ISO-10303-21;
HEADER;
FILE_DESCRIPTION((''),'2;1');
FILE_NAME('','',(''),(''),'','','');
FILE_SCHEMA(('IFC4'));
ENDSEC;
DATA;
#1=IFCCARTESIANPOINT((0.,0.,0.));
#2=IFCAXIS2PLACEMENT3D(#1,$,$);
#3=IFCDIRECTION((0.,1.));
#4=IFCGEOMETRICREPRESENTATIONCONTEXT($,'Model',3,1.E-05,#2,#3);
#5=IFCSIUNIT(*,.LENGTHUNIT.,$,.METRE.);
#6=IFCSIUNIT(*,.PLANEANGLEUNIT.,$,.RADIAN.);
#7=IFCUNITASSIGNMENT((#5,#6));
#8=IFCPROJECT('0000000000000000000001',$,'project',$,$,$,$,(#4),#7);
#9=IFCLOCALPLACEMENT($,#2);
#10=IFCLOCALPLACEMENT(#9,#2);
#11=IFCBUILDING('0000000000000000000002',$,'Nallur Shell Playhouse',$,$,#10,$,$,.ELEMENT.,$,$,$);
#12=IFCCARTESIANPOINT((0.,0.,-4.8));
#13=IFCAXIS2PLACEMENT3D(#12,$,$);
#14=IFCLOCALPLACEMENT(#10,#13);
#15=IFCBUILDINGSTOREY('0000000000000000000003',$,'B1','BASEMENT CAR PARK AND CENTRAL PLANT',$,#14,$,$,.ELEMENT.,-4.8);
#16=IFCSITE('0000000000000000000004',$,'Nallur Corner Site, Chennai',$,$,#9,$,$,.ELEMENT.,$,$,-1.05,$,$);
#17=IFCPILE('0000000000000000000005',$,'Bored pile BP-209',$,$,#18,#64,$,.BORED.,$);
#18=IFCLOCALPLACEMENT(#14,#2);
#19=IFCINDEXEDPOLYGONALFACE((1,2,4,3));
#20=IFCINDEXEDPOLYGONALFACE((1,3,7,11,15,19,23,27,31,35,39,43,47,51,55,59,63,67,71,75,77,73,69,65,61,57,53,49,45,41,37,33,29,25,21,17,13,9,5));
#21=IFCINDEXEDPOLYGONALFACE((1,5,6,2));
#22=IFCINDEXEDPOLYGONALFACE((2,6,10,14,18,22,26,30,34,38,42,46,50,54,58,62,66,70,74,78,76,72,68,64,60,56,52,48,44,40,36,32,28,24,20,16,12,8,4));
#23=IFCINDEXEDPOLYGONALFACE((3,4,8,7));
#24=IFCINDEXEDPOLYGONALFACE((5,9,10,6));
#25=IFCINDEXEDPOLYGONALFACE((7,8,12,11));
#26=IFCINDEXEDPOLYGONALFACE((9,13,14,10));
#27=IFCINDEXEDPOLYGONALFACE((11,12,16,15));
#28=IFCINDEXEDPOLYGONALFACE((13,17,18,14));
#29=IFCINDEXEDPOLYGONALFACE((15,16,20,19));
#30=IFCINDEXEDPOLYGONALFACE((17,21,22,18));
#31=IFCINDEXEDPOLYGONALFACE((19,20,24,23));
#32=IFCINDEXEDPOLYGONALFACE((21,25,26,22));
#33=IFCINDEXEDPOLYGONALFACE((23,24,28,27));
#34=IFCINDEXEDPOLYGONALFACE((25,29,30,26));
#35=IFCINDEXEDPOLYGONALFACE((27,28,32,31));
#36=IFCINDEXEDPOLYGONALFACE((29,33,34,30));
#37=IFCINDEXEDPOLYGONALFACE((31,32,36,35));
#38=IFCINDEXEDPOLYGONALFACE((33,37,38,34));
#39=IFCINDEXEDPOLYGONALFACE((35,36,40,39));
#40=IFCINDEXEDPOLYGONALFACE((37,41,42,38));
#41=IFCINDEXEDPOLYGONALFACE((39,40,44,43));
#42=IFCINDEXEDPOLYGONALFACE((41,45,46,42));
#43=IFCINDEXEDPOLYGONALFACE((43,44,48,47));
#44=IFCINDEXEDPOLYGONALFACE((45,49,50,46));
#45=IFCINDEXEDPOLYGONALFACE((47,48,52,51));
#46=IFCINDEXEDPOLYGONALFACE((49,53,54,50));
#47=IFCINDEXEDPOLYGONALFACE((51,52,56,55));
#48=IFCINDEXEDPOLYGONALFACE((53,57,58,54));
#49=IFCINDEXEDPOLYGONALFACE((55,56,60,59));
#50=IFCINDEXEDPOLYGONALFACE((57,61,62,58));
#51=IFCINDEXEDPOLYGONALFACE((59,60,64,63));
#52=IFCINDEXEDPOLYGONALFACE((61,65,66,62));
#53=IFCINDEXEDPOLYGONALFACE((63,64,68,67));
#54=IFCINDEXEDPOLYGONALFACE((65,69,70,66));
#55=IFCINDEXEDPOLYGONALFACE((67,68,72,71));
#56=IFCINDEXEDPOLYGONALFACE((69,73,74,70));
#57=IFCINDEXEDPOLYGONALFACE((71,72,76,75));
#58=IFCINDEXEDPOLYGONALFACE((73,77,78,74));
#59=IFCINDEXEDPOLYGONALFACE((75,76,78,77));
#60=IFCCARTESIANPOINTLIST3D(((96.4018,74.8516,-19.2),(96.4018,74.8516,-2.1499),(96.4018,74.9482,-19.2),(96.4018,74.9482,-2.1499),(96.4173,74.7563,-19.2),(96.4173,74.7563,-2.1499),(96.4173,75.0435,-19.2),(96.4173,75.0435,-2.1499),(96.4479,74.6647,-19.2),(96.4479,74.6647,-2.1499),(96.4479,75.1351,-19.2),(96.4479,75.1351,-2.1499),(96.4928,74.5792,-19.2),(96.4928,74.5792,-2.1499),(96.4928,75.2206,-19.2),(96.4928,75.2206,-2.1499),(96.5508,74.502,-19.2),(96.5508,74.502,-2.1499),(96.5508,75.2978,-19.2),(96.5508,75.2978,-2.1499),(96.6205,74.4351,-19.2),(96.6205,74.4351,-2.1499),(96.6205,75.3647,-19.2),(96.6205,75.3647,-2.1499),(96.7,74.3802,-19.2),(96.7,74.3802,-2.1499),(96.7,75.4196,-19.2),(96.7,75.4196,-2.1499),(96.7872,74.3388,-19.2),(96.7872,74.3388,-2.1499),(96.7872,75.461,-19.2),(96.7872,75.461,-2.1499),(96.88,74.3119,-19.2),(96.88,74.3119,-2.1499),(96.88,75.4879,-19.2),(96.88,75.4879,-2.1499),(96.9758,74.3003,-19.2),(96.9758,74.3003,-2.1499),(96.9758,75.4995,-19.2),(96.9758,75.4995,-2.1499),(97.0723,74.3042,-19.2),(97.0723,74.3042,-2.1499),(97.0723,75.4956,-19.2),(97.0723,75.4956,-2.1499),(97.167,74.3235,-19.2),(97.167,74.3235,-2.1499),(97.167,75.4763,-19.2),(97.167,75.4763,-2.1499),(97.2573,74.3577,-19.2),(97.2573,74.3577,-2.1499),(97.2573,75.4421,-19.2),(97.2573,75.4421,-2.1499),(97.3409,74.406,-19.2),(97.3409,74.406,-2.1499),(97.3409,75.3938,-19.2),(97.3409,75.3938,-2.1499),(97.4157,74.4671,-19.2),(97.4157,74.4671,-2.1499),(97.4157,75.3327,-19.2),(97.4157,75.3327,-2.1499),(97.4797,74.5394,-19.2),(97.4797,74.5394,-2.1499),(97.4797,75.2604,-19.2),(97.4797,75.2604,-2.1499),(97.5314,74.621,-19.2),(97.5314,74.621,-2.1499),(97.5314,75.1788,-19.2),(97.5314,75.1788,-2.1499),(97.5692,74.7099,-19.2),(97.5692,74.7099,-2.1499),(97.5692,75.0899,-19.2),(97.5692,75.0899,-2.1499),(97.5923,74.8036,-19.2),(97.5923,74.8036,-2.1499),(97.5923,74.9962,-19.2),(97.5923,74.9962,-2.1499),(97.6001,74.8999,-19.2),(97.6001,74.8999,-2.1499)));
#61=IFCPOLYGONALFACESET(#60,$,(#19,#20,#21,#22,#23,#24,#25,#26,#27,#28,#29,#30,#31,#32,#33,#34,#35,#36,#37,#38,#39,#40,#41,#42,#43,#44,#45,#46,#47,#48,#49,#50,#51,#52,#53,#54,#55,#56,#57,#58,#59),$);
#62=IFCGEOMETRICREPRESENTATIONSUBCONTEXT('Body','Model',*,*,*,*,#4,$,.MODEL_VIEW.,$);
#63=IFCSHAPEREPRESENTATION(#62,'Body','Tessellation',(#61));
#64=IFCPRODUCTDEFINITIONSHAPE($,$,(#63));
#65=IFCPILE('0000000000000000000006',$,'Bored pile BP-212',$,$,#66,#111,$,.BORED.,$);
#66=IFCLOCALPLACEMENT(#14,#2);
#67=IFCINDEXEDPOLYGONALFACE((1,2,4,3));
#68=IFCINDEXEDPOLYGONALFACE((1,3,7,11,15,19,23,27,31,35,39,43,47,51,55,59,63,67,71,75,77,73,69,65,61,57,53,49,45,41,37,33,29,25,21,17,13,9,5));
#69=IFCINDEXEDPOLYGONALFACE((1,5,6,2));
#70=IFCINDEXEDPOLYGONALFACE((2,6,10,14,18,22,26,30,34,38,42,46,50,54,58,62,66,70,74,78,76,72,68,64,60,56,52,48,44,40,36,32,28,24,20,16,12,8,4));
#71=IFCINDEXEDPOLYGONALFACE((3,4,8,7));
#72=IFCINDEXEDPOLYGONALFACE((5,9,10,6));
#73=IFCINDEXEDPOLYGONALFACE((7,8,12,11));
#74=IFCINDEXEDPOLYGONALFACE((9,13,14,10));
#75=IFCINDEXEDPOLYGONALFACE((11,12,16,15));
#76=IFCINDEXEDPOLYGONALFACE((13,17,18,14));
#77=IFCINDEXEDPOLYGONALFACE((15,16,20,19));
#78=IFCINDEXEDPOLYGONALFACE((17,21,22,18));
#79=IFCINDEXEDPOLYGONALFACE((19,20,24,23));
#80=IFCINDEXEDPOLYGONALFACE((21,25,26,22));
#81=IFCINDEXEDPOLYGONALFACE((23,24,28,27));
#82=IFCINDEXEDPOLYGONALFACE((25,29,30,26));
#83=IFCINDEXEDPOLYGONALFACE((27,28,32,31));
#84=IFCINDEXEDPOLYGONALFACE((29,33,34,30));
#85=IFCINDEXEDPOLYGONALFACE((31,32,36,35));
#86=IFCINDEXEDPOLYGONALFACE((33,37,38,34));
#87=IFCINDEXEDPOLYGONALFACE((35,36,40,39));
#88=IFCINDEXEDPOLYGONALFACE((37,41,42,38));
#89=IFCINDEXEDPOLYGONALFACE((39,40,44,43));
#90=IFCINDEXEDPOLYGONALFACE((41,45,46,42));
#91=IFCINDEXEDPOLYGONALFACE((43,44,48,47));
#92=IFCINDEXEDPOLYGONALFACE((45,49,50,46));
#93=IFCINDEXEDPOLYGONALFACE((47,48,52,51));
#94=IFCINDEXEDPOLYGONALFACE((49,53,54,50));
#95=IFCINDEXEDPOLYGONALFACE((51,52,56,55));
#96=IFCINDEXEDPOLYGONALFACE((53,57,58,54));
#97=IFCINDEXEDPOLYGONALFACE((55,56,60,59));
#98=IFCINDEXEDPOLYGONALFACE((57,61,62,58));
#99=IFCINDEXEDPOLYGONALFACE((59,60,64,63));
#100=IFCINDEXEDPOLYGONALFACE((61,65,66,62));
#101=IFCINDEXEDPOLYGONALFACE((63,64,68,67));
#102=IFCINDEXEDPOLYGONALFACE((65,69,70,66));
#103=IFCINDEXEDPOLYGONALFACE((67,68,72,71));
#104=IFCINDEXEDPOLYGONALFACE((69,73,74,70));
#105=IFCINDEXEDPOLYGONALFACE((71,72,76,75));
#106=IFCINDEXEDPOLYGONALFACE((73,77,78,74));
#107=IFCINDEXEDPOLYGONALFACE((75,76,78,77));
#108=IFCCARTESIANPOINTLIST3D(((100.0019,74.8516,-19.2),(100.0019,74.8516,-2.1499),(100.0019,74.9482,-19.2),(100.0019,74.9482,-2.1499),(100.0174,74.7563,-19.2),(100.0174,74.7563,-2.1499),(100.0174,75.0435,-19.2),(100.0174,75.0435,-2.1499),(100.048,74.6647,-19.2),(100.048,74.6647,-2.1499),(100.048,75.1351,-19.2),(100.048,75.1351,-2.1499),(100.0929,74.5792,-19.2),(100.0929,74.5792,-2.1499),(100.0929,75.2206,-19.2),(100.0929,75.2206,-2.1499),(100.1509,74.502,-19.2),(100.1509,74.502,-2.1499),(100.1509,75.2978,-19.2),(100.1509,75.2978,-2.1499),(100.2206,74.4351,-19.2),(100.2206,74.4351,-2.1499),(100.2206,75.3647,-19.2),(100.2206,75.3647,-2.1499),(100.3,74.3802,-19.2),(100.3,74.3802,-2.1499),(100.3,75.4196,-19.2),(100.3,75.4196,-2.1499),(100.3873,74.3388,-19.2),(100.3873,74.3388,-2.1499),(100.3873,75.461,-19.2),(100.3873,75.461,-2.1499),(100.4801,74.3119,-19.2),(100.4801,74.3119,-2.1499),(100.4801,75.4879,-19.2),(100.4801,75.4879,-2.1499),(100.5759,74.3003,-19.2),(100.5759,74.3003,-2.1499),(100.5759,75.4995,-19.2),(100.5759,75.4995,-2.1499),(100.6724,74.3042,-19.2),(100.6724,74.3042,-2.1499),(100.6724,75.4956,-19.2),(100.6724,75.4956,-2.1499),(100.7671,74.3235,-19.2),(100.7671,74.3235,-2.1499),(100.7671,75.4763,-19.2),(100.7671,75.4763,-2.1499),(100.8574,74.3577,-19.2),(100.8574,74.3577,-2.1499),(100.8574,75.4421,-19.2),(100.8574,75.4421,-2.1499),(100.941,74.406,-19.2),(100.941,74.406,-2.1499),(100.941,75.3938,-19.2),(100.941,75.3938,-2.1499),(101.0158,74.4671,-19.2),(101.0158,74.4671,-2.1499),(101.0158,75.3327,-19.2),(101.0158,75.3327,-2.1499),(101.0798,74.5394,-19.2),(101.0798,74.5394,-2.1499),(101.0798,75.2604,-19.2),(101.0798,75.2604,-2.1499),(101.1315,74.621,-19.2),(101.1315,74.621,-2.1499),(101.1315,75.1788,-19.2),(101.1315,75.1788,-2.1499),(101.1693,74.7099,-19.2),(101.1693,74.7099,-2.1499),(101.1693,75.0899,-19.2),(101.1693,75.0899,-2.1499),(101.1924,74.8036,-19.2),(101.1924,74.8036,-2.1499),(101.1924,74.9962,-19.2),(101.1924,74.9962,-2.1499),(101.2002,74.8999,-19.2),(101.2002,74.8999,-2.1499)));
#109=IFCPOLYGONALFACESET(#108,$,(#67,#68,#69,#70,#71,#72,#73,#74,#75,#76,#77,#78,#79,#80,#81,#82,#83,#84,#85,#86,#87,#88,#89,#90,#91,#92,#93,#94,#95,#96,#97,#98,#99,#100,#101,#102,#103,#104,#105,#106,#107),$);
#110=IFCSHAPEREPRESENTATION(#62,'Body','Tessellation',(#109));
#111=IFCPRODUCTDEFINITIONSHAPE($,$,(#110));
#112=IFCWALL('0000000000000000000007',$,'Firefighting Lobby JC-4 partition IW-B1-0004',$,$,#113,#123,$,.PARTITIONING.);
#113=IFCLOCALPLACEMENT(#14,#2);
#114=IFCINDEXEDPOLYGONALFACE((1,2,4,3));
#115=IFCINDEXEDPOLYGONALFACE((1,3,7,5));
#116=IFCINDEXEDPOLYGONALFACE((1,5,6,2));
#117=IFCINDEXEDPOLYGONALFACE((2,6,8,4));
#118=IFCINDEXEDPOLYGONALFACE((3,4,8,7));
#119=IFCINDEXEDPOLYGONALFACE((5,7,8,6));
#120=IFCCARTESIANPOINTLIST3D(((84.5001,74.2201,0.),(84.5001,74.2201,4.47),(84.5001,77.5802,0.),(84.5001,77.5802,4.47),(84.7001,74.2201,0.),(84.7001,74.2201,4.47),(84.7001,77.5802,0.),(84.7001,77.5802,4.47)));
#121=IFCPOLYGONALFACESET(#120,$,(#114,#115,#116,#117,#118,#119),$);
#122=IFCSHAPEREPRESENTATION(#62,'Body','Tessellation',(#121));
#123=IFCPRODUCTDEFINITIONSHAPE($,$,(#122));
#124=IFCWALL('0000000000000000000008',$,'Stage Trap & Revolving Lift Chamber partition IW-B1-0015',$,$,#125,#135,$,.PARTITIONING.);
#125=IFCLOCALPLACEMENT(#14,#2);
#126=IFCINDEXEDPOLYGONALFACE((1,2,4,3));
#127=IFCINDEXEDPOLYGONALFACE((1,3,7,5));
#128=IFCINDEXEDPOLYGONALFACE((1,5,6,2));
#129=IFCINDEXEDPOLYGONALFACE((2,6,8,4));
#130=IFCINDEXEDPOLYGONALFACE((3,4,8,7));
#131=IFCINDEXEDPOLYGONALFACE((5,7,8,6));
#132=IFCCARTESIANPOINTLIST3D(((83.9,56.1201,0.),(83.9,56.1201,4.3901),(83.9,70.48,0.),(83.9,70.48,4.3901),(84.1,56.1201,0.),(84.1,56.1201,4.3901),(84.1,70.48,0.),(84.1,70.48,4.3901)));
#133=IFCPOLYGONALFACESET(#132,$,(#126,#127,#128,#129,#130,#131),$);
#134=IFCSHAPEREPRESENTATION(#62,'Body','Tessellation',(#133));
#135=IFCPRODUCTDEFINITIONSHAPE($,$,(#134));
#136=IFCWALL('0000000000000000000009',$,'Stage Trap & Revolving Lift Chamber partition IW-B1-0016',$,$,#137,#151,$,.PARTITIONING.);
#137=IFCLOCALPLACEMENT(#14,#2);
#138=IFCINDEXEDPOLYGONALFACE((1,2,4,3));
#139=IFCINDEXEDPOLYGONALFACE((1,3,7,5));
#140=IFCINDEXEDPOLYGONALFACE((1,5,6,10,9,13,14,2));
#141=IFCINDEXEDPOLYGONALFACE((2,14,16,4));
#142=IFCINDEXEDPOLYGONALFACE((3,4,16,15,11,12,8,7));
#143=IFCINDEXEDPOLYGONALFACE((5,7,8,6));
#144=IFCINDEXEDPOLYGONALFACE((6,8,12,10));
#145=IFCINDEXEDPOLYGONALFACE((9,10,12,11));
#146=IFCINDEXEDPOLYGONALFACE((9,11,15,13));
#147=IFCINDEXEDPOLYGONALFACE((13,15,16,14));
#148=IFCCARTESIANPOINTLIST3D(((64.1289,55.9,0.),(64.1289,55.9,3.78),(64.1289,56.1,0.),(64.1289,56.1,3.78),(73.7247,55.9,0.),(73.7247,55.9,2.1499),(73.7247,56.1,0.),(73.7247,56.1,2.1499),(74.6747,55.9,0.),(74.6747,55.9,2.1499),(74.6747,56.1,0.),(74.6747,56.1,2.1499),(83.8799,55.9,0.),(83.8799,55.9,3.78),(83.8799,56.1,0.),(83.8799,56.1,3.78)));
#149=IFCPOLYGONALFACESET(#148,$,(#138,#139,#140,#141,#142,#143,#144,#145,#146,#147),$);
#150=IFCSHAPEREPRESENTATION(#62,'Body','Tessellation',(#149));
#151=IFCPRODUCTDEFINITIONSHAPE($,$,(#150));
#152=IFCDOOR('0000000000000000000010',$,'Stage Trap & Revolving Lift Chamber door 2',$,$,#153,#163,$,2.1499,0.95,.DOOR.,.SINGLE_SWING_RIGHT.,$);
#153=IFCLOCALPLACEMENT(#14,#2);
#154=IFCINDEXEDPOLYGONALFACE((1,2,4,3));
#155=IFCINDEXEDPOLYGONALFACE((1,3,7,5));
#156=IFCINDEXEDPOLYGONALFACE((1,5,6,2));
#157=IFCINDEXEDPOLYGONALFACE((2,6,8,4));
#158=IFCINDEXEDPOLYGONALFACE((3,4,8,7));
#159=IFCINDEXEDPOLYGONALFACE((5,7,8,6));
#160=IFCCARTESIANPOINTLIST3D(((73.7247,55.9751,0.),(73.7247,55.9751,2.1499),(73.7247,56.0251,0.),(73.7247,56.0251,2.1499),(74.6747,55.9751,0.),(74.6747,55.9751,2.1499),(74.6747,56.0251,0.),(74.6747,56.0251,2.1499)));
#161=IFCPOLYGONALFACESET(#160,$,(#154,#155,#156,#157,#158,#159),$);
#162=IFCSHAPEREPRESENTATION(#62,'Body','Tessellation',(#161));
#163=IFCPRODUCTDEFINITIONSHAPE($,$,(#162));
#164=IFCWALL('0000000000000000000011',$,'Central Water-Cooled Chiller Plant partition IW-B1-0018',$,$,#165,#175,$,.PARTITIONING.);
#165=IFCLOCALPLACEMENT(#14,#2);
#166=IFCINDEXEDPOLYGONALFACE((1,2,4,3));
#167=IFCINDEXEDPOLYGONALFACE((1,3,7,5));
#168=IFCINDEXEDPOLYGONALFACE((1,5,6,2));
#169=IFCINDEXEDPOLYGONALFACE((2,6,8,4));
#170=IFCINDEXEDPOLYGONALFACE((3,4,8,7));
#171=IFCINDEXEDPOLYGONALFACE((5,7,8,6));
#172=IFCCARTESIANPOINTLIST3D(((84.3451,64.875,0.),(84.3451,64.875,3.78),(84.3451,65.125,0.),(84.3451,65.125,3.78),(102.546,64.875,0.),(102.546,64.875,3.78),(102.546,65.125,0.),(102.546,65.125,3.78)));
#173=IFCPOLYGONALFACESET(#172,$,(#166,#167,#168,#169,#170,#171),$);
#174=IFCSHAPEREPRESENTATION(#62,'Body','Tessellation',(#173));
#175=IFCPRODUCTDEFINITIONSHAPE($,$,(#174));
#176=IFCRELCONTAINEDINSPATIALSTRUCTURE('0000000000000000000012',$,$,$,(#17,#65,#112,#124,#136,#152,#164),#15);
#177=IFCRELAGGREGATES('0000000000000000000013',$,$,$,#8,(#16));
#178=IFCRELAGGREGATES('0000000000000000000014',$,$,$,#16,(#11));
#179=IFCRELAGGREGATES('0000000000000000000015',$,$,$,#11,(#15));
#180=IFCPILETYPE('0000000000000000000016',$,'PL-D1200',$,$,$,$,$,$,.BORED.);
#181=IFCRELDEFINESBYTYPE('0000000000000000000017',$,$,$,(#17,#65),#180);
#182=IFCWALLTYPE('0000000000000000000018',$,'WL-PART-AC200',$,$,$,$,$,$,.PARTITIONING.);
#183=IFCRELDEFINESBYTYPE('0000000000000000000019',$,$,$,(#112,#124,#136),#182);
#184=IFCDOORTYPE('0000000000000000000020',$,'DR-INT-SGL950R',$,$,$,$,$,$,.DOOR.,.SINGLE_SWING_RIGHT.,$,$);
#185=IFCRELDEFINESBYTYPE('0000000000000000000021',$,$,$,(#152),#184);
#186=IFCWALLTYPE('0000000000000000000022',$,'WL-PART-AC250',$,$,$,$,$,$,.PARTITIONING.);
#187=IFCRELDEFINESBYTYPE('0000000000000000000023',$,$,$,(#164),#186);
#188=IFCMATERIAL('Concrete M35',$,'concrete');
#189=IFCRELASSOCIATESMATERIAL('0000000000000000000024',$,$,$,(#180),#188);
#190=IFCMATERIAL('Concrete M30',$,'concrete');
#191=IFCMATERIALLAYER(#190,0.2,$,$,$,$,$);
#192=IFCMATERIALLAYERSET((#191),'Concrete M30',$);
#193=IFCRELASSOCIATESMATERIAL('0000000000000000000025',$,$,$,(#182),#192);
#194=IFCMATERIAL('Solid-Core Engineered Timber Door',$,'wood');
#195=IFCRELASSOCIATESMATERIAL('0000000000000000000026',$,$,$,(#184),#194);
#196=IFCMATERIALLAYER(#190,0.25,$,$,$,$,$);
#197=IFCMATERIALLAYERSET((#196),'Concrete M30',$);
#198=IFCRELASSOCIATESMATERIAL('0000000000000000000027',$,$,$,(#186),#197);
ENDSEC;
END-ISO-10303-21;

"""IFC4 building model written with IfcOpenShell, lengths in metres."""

from ifc_helpers import new_model, si_unit, direction, frame, frame_2d, origin, origin_2d, place, context, subcontext, project, spatial, rectangle, circle, extrude, material, layer, layer_set, material_profile, profile_set, type_object, element, fill, save


model = new_model("IFC4")

# Units and contexts
model_context = context("Model", 3, precision=1e-05, world=origin(), true_north=direction((0.0, 1.0)))
body_context = subcontext(model_context, "Body", "Model", "MODEL_VIEW")
ifc_project = project(units=[si_unit("LENGTHUNIT", "METRE"), si_unit("PLANEANGLEUNIT", "RADIAN")], contexts=[model_context])

# Site, building, storey
site_placement = place(None, origin())
site = spatial("IfcSite", under=ifc_project, at=site_placement, Name="Nallur Corner Site, Chennai", CompositionType="ELEMENT", RefElevation=-1.05)
building_placement = place(site_placement, origin())
building = spatial("IfcBuilding", under=site, at=building_placement, Name="Nallur Shell Playhouse", CompositionType="ELEMENT")
storey_placement = place(building_placement, frame((0.0, 0.0, -4.8)))
storey = spatial("IfcBuildingStorey", under=building, at=storey_placement, Name="B1", Description="BASEMENT CAR PARK AND CENTRAL PLANT", CompositionType="ELEMENT", Elevation=-4.8)

# Shared definitions
ifc_material_1 = material(Name="Concrete M35", Category="concrete")

# Piles
ifc_material_profile_1 = material_profile(ifc_material_1, circle(Radius=0.6001, at=origin_2d()), Name="BORED PILE D1200")
ifc_profile_set_1 = profile_set([ifc_material_profile_1], Name="Concrete M35")
pile_type_1 = type_object("IfcPileType", Name="PL-D1200", PredefinedType="BORED", material=ifc_profile_set_1)
for number, where, z_axis, x_axis, name in (
    (1, (97.0, 74.8999, -2.1499), (0.0, 0.0, -1.0), (1.0, 0.0, 0.0), "Bored pile BP-209"),
    (2, (100.6001, 74.8999, -2.1499), (0.0, 0.0, -1.0), (1.0, 0.0, 0.0), "Bored pile BP-212"),
):
    element("IfcPile", number, at=place(storey_placement, frame(where, z_axis=z_axis, x_axis=x_axis)), inside=storey, type_object=pile_type_1, Name=name, PredefinedType="BORED", context=body_context, shape_type="SweptSolid", body=[
        extrude(circle(Radius=0.6001, at=origin_2d()), origin(), (0.0, 0.0, 1.0), 17.05),
    ])

# Wall
ifc_material_2 = material(Name="Concrete M30", Category="concrete")
ifc_layer_1 = layer(ifc_material_2, 0.2)
ifc_layer_set_1 = layer_set([ifc_layer_1], Name="Concrete M30")
wall_type_1 = type_object("IfcWallType", Name="WL-PART-AC200", PredefinedType="PARTITIONING", material=ifc_layer_set_1)
wall_1_placement = place(storey_placement, frame((84.6001, 74.22, 0.0), z_axis=(0.0, 0.0, 1.0), x_axis=(0.0, 1.0, 0.0)))
element("IfcWall", 3, at=wall_1_placement, inside=storey, type_object=wall_type_1, Name="Firefighting Lobby JC-4 partition IW-B1-0004", PredefinedType="PARTITIONING", context=body_context, shape_type="SweptSolid", body=[
    extrude(rectangle(XDim=3.3601, YDim=0.2, at=frame_2d((1.6802, 0.0))), origin(), (0.0, 0.0, 1.0), 4.47),
])

# Wall
wall_2_placement = place(storey_placement, frame((84.0, 70.48, 0.0), z_axis=(0.0, 0.0, 1.0), x_axis=(0.0, -1.0, 0.0)))
element("IfcWall", 4, at=wall_2_placement, inside=storey, type_object=wall_type_1, Name="Stage Trap & Revolving Lift Chamber partition IW-B1-0015", PredefinedType="PARTITIONING", context=body_context, shape_type="SweptSolid", body=[
    extrude(rectangle(XDim=14.3599, YDim=0.2, at=frame_2d((7.1799, 0.0))), origin(), (0.0, 0.0, 1.0), 4.3901),
])

# Wall, opening, door
wall_3_placement = place(storey_placement, frame((83.8799, 56.0, 0.0), z_axis=(0.0, 0.0, 1.0), x_axis=(-1.0, 0.0, 0.0)))
wall_3 = element("IfcWall", 5, at=wall_3_placement, inside=storey, type_object=wall_type_1, Name="Stage Trap & Revolving Lift Chamber partition IW-B1-0016", PredefinedType="PARTITIONING", context=body_context, shape_type="SweptSolid", body=[
    extrude(rectangle(XDim=19.751, YDim=0.2, at=frame_2d((9.8755, 0.0))), origin(), (0.0, 0.0, 1.0), 3.78),
])
opening_1_placement = place(wall_3_placement, frame((9.2051, 0.0, 0.0)))
opening_1 = element("IfcOpeningElement", 6, at=opening_1_placement, cuts=wall_3, PredefinedType="OPENING", context=body_context, shape_type="SweptSolid", body=[
    extrude(rectangle(XDim=0.95, YDim=2.1499, at=frame_2d((0.4751, 1.075))), frame((0.0, 0.1099, 0.0), z_axis=(0.0, -1.0, 0.0), x_axis=(1.0, 0.0, 0.0)), (0.0, 0.0, 1.0), 0.22),
])
ifc_material_3 = material(Name="Solid-Core Engineered Timber Door", Category="wood")
door_type_1 = type_object("IfcDoorType", Name="DR-INT-SGL950R", OperationType="SINGLE_SWING_RIGHT", PredefinedType="DOOR", material=ifc_material_3)
door_1_placement = place(opening_1_placement, origin())
door_1 = element("IfcDoor", 7, at=door_1_placement, inside=storey, type_object=door_type_1, Name="Stage Trap & Revolving Lift Chamber door 2", OperationType="SINGLE_SWING_RIGHT", OverallHeight=2.1499, OverallWidth=0.95, PredefinedType="DOOR", context=body_context, shape_type="SweptSolid", body=[
    extrude(rectangle(XDim=0.95, YDim=2.1499, at=frame_2d((0.4751, 1.075))), frame((0.0, 0.0249, 0.0), z_axis=(0.0, -1.0, 0.0), x_axis=(1.0, 0.0, 0.0)), (0.0, 0.0, 1.0), 0.05),
])
fill(opening_1, door_1)

# Wall
ifc_layer_2 = layer(ifc_material_2, 0.25)
ifc_layer_set_2 = layer_set([ifc_layer_2], Name="Concrete M30")
wall_type_2 = type_object("IfcWallType", Name="WL-PART-AC250", PredefinedType="PARTITIONING", material=ifc_layer_set_2)
wall_4_placement = place(storey_placement, frame((84.345, 65.0, 0.0), z_axis=(0.0, 0.0, 1.0), x_axis=(1.0, 0.0, 0.0)))
element("IfcWall", 8, at=wall_4_placement, inside=storey, type_object=wall_type_2, Name="Central Water-Cooled Chiller Plant partition IW-B1-0018", PredefinedType="PARTITIONING", context=body_context, shape_type="SweptSolid", body=[
    extrude(rectangle(XDim=18.2009, YDim=0.25, at=frame_2d((9.1006, 0.0))), origin(), (0.0, 0.0, 1.0), 3.78),
])

save(model, "model.ifc")
